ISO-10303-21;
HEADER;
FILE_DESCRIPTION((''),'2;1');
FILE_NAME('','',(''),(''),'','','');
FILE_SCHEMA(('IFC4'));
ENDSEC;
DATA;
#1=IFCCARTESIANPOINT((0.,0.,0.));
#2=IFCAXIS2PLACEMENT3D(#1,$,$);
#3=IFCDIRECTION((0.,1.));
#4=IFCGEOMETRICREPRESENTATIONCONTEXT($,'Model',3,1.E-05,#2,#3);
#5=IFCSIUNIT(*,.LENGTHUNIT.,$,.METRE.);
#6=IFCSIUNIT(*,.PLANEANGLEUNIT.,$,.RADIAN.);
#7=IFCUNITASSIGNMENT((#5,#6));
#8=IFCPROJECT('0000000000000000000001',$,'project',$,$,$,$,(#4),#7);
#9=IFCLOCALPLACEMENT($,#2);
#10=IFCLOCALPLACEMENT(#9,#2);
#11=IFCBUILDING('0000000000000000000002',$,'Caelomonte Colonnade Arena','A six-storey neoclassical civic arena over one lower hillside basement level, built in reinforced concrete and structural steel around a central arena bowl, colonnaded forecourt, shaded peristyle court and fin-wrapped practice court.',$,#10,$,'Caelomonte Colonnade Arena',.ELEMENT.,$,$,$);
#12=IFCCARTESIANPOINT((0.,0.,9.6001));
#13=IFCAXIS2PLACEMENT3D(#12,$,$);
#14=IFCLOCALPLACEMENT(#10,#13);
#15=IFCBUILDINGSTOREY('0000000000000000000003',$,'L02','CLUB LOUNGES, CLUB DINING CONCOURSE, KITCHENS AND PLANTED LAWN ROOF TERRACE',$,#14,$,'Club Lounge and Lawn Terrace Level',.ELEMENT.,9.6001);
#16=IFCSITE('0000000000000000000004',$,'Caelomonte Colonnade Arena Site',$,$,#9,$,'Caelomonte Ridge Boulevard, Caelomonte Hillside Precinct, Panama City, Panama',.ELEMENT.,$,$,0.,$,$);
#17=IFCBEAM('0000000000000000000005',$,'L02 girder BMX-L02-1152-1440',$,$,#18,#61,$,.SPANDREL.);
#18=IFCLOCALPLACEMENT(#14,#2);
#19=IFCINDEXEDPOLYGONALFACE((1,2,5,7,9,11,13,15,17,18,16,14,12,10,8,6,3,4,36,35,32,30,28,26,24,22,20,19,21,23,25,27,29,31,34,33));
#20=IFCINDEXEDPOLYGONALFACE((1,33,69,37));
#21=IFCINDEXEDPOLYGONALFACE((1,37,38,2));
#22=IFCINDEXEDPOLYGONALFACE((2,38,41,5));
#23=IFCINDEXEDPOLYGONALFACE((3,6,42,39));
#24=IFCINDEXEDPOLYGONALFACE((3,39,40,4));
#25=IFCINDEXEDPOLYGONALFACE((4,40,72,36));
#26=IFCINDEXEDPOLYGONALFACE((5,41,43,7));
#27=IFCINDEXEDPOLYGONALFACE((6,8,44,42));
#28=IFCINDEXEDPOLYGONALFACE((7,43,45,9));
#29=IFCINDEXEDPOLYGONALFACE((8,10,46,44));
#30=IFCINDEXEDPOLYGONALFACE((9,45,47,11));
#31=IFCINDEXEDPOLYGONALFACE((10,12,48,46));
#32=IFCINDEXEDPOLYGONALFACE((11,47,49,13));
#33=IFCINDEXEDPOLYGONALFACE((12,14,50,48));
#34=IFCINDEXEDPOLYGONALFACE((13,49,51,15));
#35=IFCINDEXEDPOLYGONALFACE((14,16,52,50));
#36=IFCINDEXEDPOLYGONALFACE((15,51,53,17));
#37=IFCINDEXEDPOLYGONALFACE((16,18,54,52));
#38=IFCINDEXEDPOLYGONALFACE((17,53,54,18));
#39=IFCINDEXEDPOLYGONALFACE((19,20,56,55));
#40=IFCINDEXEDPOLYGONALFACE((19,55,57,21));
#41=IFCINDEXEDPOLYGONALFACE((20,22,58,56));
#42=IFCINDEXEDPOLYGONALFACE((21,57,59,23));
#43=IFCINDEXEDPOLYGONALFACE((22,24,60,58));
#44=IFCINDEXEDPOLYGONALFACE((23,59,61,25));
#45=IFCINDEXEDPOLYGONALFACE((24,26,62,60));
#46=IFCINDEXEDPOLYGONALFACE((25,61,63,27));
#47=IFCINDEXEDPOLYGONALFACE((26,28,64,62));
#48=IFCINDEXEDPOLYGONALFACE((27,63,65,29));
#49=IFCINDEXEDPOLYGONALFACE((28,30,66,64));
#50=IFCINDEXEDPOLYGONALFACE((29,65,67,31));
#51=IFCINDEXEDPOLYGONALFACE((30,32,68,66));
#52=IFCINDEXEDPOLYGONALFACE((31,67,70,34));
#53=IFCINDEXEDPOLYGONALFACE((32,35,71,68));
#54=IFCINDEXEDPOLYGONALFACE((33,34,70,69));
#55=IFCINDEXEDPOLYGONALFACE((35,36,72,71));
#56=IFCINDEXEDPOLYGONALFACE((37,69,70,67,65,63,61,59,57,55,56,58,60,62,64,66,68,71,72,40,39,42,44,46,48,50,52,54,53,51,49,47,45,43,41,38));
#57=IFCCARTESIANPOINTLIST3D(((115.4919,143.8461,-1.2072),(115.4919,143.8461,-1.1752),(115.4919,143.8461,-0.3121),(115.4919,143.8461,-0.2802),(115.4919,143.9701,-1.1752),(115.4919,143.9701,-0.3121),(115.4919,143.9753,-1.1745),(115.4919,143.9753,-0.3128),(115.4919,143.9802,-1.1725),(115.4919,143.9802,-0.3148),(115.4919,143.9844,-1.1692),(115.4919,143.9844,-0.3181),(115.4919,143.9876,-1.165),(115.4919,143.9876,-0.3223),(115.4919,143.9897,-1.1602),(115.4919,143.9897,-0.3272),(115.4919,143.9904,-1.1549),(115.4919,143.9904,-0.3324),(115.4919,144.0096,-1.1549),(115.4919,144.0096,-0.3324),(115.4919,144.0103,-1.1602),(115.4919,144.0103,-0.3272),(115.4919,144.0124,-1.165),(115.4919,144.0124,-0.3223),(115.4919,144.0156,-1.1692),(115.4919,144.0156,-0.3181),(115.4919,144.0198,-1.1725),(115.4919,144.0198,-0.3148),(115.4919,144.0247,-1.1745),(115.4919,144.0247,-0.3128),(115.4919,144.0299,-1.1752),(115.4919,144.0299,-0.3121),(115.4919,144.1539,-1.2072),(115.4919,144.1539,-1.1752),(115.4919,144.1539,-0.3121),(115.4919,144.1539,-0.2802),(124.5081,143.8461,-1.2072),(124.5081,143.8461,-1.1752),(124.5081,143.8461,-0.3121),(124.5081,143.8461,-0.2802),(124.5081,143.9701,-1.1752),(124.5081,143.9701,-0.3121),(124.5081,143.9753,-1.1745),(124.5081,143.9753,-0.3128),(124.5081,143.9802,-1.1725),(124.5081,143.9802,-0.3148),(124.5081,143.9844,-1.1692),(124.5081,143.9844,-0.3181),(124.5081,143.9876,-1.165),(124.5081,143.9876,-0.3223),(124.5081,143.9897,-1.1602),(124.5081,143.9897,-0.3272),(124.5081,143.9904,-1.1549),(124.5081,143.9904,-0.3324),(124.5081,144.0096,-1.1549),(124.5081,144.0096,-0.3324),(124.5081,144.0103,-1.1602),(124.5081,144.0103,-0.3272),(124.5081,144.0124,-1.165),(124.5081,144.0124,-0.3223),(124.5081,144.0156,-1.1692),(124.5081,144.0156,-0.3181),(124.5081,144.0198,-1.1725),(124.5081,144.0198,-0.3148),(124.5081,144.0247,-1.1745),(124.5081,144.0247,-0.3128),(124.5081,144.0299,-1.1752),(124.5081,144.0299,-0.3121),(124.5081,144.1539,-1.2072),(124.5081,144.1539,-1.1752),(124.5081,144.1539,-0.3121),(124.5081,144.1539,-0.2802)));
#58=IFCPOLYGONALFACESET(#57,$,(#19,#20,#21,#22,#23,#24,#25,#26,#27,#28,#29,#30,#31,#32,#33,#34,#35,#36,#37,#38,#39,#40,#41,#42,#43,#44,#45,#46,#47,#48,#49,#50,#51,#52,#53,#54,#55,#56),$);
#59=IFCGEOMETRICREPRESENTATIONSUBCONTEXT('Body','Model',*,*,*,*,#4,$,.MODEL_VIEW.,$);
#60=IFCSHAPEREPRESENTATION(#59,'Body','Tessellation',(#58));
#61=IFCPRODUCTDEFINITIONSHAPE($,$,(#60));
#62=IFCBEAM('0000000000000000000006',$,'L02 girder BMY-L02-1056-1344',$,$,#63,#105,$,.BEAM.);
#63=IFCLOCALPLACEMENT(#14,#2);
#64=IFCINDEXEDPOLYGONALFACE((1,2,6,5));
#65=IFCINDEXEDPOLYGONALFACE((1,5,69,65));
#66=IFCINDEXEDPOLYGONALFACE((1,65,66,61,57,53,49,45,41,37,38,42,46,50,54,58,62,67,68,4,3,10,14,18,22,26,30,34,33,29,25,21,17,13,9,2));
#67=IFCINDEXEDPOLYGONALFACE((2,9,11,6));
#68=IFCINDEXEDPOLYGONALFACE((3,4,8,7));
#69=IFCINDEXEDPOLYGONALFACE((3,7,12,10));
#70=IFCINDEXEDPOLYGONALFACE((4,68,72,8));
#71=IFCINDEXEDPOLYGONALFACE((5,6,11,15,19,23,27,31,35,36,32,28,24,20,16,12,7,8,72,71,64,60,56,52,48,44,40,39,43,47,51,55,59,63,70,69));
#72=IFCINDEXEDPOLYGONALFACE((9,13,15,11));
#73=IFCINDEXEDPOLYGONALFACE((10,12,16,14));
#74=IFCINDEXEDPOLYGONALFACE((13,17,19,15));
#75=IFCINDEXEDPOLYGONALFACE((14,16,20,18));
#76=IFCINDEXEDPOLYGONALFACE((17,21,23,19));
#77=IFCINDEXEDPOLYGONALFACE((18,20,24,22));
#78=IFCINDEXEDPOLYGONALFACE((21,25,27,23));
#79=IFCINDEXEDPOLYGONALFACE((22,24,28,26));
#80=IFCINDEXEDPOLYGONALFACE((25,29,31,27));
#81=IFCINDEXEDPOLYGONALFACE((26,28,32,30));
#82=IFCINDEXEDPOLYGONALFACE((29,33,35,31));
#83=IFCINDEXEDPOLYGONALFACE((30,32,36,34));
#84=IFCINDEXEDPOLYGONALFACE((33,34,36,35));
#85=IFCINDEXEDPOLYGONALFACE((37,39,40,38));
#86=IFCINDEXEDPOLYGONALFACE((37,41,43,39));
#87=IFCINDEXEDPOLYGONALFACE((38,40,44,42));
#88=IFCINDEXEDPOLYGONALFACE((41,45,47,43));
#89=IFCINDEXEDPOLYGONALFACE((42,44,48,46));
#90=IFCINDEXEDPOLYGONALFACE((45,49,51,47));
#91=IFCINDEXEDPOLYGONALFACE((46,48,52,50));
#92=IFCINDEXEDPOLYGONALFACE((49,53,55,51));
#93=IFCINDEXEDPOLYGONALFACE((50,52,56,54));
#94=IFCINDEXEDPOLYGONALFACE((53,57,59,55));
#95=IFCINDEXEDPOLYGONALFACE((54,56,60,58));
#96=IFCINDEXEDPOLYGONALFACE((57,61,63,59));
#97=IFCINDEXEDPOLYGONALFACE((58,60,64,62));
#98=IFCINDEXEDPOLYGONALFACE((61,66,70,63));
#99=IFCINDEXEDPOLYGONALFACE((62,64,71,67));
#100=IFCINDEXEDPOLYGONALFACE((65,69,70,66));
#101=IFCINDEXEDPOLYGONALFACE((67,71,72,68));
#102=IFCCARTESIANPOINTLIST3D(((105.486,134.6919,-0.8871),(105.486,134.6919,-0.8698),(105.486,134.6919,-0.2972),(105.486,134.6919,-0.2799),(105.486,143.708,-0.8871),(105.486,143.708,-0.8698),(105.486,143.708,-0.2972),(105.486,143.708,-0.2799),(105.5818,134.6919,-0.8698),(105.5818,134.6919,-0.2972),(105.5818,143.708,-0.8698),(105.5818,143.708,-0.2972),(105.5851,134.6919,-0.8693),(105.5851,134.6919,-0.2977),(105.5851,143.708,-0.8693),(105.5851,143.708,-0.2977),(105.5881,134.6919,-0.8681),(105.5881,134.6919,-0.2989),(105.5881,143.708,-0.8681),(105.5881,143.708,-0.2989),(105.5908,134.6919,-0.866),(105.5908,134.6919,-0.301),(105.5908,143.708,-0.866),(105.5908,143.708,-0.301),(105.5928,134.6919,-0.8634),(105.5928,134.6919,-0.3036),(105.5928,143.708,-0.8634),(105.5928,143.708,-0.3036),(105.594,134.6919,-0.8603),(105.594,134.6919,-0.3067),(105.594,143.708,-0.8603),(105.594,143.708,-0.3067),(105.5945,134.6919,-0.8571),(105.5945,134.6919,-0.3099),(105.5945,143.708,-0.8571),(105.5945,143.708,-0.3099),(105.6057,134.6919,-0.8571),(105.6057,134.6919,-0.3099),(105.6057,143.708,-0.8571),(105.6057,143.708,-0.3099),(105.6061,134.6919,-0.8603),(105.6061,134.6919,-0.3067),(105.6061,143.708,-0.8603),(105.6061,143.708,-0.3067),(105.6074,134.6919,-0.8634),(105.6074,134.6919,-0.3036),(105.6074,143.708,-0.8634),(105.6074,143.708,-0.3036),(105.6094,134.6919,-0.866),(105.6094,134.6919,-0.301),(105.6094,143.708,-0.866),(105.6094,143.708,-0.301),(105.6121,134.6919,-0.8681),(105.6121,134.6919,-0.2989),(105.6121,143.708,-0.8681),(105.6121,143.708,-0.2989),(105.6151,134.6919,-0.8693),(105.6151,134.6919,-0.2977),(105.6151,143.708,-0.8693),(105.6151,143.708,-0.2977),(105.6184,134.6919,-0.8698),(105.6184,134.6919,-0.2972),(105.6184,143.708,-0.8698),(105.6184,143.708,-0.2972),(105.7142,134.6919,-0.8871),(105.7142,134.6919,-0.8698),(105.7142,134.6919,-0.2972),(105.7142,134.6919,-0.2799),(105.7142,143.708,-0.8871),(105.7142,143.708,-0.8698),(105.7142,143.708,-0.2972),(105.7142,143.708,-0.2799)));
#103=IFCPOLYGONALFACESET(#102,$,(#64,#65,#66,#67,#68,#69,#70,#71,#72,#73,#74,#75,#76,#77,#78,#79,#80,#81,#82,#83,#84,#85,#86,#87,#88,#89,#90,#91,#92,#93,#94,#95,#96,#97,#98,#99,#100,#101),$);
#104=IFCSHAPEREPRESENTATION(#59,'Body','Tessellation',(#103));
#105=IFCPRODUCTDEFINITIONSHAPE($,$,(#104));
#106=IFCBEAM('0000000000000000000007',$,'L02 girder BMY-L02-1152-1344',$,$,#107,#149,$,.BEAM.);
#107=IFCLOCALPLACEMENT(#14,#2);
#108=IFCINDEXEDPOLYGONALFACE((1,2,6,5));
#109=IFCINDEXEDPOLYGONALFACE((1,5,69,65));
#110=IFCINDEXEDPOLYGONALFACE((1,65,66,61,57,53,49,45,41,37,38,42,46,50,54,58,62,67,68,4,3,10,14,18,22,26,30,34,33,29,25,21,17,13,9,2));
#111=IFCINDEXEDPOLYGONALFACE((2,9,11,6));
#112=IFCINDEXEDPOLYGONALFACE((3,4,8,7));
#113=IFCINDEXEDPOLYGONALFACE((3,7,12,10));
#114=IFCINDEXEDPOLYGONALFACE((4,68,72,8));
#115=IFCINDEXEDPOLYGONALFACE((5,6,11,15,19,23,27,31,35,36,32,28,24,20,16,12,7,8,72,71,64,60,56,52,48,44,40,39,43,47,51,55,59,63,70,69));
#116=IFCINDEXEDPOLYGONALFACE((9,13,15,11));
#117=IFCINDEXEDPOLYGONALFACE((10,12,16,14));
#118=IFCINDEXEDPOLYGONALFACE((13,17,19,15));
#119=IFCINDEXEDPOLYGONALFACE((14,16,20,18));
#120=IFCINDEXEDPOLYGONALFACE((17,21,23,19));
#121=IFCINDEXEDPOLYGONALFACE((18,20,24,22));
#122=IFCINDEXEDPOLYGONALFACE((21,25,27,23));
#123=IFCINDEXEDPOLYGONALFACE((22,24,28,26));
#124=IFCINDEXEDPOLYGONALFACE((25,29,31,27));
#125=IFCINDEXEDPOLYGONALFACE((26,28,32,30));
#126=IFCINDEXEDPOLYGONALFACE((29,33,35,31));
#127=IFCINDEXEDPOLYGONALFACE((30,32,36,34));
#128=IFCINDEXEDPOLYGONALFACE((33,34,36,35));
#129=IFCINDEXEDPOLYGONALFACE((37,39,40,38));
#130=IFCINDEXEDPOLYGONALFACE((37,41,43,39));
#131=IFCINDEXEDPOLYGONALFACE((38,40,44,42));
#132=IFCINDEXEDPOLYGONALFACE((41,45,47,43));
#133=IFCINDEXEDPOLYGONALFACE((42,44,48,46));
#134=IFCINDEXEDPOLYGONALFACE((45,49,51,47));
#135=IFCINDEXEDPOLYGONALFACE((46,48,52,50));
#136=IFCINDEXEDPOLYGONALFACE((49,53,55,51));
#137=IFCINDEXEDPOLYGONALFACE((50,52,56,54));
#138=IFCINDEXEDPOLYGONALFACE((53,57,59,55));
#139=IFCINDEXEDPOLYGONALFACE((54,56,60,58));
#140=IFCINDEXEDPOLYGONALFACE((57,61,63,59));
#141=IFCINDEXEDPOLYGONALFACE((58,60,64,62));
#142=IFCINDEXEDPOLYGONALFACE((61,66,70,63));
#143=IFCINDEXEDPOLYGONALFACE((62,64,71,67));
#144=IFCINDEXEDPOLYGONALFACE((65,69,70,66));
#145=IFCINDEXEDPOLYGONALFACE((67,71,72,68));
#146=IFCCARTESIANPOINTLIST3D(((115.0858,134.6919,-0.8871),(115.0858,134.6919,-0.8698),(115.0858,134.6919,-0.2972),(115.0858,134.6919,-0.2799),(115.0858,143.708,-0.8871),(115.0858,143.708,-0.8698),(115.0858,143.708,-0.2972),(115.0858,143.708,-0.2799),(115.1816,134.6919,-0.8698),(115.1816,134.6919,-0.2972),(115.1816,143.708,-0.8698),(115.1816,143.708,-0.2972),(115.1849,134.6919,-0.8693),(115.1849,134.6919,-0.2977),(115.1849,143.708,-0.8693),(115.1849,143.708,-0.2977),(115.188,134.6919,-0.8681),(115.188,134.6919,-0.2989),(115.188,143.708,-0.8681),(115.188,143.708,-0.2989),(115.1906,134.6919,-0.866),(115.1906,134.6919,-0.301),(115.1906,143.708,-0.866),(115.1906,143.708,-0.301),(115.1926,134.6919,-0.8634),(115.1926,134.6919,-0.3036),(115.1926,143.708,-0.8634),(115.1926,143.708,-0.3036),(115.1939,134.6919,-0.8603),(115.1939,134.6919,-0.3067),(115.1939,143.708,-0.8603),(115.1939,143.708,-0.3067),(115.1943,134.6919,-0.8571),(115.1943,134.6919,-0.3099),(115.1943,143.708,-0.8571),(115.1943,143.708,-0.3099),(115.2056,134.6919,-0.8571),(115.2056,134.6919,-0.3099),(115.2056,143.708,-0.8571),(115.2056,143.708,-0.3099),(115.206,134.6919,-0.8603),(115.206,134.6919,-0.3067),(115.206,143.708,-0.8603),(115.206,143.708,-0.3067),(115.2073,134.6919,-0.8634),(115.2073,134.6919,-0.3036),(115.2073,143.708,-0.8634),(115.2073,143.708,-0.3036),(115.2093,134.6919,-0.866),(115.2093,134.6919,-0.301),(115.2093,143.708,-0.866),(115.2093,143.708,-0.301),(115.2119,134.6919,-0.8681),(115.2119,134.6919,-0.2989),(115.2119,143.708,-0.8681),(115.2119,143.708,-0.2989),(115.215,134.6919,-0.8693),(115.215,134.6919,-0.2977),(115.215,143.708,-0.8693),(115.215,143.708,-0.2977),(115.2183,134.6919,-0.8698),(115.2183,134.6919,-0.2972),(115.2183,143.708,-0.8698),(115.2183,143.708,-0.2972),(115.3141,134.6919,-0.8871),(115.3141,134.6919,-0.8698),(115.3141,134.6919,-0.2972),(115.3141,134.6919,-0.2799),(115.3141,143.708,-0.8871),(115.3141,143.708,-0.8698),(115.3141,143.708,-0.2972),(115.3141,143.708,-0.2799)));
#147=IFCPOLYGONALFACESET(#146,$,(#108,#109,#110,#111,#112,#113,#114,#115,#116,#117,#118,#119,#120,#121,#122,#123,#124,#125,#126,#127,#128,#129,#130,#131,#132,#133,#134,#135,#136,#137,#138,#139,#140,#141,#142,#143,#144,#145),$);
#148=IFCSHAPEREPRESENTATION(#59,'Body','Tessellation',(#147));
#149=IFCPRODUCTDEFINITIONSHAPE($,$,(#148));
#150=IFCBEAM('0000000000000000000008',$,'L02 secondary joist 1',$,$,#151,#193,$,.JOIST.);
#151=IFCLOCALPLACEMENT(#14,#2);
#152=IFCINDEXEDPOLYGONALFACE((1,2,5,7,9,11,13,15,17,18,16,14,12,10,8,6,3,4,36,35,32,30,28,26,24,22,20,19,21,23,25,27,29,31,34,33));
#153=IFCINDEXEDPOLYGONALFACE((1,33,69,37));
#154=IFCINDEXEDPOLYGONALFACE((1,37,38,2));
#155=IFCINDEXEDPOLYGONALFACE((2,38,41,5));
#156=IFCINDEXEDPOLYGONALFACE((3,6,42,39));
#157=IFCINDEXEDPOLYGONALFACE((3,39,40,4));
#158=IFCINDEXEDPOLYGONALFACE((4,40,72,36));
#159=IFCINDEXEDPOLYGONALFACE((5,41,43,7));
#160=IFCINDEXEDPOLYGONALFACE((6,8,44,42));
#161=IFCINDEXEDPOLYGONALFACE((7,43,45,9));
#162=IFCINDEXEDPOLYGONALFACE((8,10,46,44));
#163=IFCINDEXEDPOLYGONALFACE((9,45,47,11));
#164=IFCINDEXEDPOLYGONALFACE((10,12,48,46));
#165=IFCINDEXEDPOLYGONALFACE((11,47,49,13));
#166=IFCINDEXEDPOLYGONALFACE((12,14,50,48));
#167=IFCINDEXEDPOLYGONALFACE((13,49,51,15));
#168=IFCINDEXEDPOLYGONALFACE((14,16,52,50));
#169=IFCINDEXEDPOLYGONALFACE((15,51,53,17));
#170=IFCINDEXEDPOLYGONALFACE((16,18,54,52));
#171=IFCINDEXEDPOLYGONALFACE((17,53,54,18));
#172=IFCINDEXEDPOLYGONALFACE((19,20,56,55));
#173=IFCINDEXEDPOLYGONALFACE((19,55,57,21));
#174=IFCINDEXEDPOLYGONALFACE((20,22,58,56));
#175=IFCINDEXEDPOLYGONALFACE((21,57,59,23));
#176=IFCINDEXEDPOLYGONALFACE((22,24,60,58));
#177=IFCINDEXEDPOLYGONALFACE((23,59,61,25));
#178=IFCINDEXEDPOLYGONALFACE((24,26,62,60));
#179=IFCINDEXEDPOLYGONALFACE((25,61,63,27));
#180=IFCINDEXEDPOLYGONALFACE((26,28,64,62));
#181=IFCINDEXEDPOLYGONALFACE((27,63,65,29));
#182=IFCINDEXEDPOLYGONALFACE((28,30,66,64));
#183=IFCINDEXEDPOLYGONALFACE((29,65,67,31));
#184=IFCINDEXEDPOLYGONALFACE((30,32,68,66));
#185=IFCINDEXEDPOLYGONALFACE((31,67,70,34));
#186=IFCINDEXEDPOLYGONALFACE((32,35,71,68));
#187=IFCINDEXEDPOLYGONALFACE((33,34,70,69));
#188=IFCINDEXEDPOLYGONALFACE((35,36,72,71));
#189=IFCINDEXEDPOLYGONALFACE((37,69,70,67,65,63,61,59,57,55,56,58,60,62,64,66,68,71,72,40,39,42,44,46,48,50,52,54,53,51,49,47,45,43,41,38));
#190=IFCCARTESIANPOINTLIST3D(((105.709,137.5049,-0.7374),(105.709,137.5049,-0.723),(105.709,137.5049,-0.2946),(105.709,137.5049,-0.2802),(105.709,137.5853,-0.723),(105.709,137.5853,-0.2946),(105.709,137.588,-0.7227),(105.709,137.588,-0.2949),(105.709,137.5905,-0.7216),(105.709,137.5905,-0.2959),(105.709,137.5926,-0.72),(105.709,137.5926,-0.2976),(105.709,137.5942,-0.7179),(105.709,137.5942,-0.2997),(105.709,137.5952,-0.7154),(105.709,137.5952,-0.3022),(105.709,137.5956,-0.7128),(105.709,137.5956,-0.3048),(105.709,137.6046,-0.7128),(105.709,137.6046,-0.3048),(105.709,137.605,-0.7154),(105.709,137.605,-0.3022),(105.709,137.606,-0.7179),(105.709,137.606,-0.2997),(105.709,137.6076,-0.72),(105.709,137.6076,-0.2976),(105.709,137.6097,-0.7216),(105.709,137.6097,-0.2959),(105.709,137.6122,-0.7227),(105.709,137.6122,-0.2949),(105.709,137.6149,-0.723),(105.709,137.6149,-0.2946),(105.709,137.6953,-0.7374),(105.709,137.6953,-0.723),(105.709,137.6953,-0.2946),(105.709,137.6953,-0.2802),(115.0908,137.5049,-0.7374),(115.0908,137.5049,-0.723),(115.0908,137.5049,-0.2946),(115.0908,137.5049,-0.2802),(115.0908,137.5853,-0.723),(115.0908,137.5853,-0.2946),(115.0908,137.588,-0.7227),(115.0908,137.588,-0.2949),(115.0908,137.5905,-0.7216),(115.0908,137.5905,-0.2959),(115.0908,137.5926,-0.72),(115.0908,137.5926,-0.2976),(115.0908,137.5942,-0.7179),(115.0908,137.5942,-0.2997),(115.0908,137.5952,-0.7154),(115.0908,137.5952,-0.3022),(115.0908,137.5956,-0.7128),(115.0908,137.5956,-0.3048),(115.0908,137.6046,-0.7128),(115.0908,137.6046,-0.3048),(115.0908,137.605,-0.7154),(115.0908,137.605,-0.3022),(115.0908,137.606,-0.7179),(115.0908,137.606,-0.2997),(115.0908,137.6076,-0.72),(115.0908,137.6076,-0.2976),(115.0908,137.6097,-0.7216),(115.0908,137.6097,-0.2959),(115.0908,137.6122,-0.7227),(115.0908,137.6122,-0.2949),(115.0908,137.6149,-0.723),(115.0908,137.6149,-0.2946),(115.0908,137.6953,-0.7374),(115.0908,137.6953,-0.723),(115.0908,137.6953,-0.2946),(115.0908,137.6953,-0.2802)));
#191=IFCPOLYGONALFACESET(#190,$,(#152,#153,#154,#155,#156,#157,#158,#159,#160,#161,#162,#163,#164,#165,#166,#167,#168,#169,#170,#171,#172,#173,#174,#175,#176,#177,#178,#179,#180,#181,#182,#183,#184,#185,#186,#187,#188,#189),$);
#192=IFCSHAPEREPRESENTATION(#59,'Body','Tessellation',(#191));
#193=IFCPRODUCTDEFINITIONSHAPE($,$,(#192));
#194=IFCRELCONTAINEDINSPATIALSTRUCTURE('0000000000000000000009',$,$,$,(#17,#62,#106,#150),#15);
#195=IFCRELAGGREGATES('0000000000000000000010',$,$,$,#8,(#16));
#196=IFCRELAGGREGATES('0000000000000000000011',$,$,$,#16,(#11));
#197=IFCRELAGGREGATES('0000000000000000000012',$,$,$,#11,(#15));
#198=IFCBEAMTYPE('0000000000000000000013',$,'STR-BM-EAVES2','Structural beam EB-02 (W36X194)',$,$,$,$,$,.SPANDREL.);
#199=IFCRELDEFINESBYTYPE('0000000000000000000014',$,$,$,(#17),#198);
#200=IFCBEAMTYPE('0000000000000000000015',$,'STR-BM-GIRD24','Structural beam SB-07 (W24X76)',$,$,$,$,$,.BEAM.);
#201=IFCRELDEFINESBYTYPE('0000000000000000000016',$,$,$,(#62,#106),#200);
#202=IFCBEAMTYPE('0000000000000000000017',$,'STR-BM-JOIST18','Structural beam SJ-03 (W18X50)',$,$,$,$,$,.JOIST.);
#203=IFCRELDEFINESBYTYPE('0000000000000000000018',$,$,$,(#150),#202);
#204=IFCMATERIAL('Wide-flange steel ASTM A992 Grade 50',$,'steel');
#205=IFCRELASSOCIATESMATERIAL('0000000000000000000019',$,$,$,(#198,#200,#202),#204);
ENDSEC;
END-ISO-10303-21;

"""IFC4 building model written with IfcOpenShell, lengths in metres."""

from ifc_helpers import new_model, si_unit, direction, frame, origin, origin_2d, place, context, subcontext, project, spatial, i_section, extrude, material, material_profile, profile_set, type_object, element, save


model = new_model("IFC4")

# Units and contexts
model_context = context("Model", 3, precision=1e-05, world=origin(), true_north=direction((0.0, 1.0)))
body_context = subcontext(model_context, "Body", "Model", "MODEL_VIEW")
ifc_project = project(units=[si_unit("LENGTHUNIT", "METRE"), si_unit("PLANEANGLEUNIT", "RADIAN")], contexts=[model_context])

# Site, building, storey
site_placement = place(None, origin())
site = spatial("IfcSite", under=ifc_project, at=site_placement, Name="Caelomonte Colonnade Arena Site", LongName="Caelomonte Ridge Boulevard, Caelomonte Hillside Precinct, Panama City, Panama", CompositionType="ELEMENT", RefElevation=0.0)
building_placement = place(site_placement, origin())
building = spatial("IfcBuilding", under=site, at=building_placement, Name="Caelomonte Colonnade Arena", Description="A six-storey neoclassical civic arena over one lower hillside basement level, built in reinforced concrete and structural steel around a central arena bowl, colonnaded forecourt, shaded peristyle court and fin-wrapped practice court.", LongName="Caelomonte Colonnade Arena", CompositionType="ELEMENT")
storey_placement = place(building_placement, frame((0.0, 0.0, 9.6001)))
storey = spatial("IfcBuildingStorey", under=building, at=storey_placement, Name="L02", Description="CLUB LOUNGES, CLUB DINING CONCOURSE, KITCHENS AND PLANTED LAWN ROOF TERRACE", LongName="Club Lounge and Lawn Terrace Level", CompositionType="ELEMENT", Elevation=9.6001)

# Beams
ifc_material_1 = material(Name="Wide-flange steel ASTM A992 Grade 50", Category="steel")
ifc_material_profile_1 = material_profile(ifc_material_1, i_section(OverallWidth=0.3079, OverallDepth=0.927, WebThickness=0.0193, FlangeThickness=0.032, FilletRadius=0.0203, at=origin_2d()), Name="W36X194")
ifc_profile_set_1 = profile_set([ifc_material_profile_1], Name="Wide-flange steel ASTM A992 Grade 50")
beam_type_1 = type_object("IfcBeamType", Name="STR-BM-EAVES2", Description="Structural beam EB-02 (W36X194)", PredefinedType="SPANDREL", material=ifc_profile_set_1)
beam_1_placement = place(storey_placement, frame((115.4919, 144.0, -0.7437), z_axis=(1.0, 0.0, 0.0), x_axis=(0.0, 1.0, 0.0)))
element("IfcBeam", 1, at=beam_1_placement, inside=storey, type_object=beam_type_1, Name="L02 girder BMX-L02-1152-1440", PredefinedType="SPANDREL", context=body_context, shape_type="SweptSolid", body=[
    extrude(i_section(OverallWidth=0.3079, OverallDepth=0.927, WebThickness=0.0193, FlangeThickness=0.032, FilletRadius=0.0203, at=origin_2d()), origin(), (0.0, 0.0, 1.0), 9.0161),
])
ifc_material_profile_2 = material_profile(ifc_material_1, i_section(OverallWidth=0.2283, OverallDepth=0.6072, WebThickness=0.0112, FlangeThickness=0.0173, FilletRadius=0.0127, at=origin_2d()), Name="W24X76")
ifc_profile_set_2 = profile_set([ifc_material_profile_2], Name="Wide-flange steel ASTM A992 Grade 50")
beam_type_2 = type_object("IfcBeamType", Name="STR-BM-GIRD24", Description="Structural beam SB-07 (W24X76)", PredefinedType="BEAM", material=ifc_profile_set_2)
for number, where, z_axis, x_axis, name in (
    (2, (105.6001, 134.6919, -0.5835), (0.0, 1.0, 0.0), (-1.0, 0.0, 0.0), "L02 girder BMY-L02-1056-1344"),
    (3, (115.2, 134.6919, -0.5835), (0.0, 1.0, 0.0), (-1.0, 0.0, 0.0), "L02 girder BMY-L02-1152-1344"),
):
    element("IfcBeam", number, at=place(storey_placement, frame(where, z_axis=z_axis, x_axis=x_axis)), inside=storey, type_object=beam_type_2, Name=name, PredefinedType="BEAM", context=body_context, shape_type="SweptSolid", body=[
        extrude(i_section(OverallWidth=0.2283, OverallDepth=0.6072, WebThickness=0.0112, FlangeThickness=0.0173, FilletRadius=0.0127, at=origin_2d()), origin(), (0.0, 0.0, 1.0), 9.0161),
    ])
ifc_material_profile_3 = material_profile(ifc_material_1, i_section(OverallWidth=0.1904, OverallDepth=0.4573, WebThickness=0.009, FlangeThickness=0.0144, FilletRadius=0.0103, at=origin_2d()), Name="W18X50")
ifc_profile_set_3 = profile_set([ifc_material_profile_3], Name="Wide-flange steel ASTM A992 Grade 50")
beam_type_3 = type_object("IfcBeamType", Name="STR-BM-JOIST18", Description="Structural beam SJ-03 (W18X50)", PredefinedType="JOIST", material=ifc_profile_set_3)
for number, where, z_axis, x_axis, name in (
    (4, (105.709, 137.6001, -0.5088), (1.0, 0.0, 0.0), (0.0, 1.0, 0.0), "L02 secondary joist 1"),
):
    element("IfcBeam", number, at=place(storey_placement, frame(where, z_axis=z_axis, x_axis=x_axis)), inside=storey, type_object=beam_type_3, Name=name, PredefinedType="JOIST", context=body_context, shape_type="SweptSolid", body=[
        extrude(i_section(OverallWidth=0.1904, OverallDepth=0.4573, WebThickness=0.009, FlangeThickness=0.0144, FilletRadius=0.0103, at=origin_2d()), origin(), (0.0, 0.0, 1.0), 9.3818),
    ])

save(model, "model.ifc")
